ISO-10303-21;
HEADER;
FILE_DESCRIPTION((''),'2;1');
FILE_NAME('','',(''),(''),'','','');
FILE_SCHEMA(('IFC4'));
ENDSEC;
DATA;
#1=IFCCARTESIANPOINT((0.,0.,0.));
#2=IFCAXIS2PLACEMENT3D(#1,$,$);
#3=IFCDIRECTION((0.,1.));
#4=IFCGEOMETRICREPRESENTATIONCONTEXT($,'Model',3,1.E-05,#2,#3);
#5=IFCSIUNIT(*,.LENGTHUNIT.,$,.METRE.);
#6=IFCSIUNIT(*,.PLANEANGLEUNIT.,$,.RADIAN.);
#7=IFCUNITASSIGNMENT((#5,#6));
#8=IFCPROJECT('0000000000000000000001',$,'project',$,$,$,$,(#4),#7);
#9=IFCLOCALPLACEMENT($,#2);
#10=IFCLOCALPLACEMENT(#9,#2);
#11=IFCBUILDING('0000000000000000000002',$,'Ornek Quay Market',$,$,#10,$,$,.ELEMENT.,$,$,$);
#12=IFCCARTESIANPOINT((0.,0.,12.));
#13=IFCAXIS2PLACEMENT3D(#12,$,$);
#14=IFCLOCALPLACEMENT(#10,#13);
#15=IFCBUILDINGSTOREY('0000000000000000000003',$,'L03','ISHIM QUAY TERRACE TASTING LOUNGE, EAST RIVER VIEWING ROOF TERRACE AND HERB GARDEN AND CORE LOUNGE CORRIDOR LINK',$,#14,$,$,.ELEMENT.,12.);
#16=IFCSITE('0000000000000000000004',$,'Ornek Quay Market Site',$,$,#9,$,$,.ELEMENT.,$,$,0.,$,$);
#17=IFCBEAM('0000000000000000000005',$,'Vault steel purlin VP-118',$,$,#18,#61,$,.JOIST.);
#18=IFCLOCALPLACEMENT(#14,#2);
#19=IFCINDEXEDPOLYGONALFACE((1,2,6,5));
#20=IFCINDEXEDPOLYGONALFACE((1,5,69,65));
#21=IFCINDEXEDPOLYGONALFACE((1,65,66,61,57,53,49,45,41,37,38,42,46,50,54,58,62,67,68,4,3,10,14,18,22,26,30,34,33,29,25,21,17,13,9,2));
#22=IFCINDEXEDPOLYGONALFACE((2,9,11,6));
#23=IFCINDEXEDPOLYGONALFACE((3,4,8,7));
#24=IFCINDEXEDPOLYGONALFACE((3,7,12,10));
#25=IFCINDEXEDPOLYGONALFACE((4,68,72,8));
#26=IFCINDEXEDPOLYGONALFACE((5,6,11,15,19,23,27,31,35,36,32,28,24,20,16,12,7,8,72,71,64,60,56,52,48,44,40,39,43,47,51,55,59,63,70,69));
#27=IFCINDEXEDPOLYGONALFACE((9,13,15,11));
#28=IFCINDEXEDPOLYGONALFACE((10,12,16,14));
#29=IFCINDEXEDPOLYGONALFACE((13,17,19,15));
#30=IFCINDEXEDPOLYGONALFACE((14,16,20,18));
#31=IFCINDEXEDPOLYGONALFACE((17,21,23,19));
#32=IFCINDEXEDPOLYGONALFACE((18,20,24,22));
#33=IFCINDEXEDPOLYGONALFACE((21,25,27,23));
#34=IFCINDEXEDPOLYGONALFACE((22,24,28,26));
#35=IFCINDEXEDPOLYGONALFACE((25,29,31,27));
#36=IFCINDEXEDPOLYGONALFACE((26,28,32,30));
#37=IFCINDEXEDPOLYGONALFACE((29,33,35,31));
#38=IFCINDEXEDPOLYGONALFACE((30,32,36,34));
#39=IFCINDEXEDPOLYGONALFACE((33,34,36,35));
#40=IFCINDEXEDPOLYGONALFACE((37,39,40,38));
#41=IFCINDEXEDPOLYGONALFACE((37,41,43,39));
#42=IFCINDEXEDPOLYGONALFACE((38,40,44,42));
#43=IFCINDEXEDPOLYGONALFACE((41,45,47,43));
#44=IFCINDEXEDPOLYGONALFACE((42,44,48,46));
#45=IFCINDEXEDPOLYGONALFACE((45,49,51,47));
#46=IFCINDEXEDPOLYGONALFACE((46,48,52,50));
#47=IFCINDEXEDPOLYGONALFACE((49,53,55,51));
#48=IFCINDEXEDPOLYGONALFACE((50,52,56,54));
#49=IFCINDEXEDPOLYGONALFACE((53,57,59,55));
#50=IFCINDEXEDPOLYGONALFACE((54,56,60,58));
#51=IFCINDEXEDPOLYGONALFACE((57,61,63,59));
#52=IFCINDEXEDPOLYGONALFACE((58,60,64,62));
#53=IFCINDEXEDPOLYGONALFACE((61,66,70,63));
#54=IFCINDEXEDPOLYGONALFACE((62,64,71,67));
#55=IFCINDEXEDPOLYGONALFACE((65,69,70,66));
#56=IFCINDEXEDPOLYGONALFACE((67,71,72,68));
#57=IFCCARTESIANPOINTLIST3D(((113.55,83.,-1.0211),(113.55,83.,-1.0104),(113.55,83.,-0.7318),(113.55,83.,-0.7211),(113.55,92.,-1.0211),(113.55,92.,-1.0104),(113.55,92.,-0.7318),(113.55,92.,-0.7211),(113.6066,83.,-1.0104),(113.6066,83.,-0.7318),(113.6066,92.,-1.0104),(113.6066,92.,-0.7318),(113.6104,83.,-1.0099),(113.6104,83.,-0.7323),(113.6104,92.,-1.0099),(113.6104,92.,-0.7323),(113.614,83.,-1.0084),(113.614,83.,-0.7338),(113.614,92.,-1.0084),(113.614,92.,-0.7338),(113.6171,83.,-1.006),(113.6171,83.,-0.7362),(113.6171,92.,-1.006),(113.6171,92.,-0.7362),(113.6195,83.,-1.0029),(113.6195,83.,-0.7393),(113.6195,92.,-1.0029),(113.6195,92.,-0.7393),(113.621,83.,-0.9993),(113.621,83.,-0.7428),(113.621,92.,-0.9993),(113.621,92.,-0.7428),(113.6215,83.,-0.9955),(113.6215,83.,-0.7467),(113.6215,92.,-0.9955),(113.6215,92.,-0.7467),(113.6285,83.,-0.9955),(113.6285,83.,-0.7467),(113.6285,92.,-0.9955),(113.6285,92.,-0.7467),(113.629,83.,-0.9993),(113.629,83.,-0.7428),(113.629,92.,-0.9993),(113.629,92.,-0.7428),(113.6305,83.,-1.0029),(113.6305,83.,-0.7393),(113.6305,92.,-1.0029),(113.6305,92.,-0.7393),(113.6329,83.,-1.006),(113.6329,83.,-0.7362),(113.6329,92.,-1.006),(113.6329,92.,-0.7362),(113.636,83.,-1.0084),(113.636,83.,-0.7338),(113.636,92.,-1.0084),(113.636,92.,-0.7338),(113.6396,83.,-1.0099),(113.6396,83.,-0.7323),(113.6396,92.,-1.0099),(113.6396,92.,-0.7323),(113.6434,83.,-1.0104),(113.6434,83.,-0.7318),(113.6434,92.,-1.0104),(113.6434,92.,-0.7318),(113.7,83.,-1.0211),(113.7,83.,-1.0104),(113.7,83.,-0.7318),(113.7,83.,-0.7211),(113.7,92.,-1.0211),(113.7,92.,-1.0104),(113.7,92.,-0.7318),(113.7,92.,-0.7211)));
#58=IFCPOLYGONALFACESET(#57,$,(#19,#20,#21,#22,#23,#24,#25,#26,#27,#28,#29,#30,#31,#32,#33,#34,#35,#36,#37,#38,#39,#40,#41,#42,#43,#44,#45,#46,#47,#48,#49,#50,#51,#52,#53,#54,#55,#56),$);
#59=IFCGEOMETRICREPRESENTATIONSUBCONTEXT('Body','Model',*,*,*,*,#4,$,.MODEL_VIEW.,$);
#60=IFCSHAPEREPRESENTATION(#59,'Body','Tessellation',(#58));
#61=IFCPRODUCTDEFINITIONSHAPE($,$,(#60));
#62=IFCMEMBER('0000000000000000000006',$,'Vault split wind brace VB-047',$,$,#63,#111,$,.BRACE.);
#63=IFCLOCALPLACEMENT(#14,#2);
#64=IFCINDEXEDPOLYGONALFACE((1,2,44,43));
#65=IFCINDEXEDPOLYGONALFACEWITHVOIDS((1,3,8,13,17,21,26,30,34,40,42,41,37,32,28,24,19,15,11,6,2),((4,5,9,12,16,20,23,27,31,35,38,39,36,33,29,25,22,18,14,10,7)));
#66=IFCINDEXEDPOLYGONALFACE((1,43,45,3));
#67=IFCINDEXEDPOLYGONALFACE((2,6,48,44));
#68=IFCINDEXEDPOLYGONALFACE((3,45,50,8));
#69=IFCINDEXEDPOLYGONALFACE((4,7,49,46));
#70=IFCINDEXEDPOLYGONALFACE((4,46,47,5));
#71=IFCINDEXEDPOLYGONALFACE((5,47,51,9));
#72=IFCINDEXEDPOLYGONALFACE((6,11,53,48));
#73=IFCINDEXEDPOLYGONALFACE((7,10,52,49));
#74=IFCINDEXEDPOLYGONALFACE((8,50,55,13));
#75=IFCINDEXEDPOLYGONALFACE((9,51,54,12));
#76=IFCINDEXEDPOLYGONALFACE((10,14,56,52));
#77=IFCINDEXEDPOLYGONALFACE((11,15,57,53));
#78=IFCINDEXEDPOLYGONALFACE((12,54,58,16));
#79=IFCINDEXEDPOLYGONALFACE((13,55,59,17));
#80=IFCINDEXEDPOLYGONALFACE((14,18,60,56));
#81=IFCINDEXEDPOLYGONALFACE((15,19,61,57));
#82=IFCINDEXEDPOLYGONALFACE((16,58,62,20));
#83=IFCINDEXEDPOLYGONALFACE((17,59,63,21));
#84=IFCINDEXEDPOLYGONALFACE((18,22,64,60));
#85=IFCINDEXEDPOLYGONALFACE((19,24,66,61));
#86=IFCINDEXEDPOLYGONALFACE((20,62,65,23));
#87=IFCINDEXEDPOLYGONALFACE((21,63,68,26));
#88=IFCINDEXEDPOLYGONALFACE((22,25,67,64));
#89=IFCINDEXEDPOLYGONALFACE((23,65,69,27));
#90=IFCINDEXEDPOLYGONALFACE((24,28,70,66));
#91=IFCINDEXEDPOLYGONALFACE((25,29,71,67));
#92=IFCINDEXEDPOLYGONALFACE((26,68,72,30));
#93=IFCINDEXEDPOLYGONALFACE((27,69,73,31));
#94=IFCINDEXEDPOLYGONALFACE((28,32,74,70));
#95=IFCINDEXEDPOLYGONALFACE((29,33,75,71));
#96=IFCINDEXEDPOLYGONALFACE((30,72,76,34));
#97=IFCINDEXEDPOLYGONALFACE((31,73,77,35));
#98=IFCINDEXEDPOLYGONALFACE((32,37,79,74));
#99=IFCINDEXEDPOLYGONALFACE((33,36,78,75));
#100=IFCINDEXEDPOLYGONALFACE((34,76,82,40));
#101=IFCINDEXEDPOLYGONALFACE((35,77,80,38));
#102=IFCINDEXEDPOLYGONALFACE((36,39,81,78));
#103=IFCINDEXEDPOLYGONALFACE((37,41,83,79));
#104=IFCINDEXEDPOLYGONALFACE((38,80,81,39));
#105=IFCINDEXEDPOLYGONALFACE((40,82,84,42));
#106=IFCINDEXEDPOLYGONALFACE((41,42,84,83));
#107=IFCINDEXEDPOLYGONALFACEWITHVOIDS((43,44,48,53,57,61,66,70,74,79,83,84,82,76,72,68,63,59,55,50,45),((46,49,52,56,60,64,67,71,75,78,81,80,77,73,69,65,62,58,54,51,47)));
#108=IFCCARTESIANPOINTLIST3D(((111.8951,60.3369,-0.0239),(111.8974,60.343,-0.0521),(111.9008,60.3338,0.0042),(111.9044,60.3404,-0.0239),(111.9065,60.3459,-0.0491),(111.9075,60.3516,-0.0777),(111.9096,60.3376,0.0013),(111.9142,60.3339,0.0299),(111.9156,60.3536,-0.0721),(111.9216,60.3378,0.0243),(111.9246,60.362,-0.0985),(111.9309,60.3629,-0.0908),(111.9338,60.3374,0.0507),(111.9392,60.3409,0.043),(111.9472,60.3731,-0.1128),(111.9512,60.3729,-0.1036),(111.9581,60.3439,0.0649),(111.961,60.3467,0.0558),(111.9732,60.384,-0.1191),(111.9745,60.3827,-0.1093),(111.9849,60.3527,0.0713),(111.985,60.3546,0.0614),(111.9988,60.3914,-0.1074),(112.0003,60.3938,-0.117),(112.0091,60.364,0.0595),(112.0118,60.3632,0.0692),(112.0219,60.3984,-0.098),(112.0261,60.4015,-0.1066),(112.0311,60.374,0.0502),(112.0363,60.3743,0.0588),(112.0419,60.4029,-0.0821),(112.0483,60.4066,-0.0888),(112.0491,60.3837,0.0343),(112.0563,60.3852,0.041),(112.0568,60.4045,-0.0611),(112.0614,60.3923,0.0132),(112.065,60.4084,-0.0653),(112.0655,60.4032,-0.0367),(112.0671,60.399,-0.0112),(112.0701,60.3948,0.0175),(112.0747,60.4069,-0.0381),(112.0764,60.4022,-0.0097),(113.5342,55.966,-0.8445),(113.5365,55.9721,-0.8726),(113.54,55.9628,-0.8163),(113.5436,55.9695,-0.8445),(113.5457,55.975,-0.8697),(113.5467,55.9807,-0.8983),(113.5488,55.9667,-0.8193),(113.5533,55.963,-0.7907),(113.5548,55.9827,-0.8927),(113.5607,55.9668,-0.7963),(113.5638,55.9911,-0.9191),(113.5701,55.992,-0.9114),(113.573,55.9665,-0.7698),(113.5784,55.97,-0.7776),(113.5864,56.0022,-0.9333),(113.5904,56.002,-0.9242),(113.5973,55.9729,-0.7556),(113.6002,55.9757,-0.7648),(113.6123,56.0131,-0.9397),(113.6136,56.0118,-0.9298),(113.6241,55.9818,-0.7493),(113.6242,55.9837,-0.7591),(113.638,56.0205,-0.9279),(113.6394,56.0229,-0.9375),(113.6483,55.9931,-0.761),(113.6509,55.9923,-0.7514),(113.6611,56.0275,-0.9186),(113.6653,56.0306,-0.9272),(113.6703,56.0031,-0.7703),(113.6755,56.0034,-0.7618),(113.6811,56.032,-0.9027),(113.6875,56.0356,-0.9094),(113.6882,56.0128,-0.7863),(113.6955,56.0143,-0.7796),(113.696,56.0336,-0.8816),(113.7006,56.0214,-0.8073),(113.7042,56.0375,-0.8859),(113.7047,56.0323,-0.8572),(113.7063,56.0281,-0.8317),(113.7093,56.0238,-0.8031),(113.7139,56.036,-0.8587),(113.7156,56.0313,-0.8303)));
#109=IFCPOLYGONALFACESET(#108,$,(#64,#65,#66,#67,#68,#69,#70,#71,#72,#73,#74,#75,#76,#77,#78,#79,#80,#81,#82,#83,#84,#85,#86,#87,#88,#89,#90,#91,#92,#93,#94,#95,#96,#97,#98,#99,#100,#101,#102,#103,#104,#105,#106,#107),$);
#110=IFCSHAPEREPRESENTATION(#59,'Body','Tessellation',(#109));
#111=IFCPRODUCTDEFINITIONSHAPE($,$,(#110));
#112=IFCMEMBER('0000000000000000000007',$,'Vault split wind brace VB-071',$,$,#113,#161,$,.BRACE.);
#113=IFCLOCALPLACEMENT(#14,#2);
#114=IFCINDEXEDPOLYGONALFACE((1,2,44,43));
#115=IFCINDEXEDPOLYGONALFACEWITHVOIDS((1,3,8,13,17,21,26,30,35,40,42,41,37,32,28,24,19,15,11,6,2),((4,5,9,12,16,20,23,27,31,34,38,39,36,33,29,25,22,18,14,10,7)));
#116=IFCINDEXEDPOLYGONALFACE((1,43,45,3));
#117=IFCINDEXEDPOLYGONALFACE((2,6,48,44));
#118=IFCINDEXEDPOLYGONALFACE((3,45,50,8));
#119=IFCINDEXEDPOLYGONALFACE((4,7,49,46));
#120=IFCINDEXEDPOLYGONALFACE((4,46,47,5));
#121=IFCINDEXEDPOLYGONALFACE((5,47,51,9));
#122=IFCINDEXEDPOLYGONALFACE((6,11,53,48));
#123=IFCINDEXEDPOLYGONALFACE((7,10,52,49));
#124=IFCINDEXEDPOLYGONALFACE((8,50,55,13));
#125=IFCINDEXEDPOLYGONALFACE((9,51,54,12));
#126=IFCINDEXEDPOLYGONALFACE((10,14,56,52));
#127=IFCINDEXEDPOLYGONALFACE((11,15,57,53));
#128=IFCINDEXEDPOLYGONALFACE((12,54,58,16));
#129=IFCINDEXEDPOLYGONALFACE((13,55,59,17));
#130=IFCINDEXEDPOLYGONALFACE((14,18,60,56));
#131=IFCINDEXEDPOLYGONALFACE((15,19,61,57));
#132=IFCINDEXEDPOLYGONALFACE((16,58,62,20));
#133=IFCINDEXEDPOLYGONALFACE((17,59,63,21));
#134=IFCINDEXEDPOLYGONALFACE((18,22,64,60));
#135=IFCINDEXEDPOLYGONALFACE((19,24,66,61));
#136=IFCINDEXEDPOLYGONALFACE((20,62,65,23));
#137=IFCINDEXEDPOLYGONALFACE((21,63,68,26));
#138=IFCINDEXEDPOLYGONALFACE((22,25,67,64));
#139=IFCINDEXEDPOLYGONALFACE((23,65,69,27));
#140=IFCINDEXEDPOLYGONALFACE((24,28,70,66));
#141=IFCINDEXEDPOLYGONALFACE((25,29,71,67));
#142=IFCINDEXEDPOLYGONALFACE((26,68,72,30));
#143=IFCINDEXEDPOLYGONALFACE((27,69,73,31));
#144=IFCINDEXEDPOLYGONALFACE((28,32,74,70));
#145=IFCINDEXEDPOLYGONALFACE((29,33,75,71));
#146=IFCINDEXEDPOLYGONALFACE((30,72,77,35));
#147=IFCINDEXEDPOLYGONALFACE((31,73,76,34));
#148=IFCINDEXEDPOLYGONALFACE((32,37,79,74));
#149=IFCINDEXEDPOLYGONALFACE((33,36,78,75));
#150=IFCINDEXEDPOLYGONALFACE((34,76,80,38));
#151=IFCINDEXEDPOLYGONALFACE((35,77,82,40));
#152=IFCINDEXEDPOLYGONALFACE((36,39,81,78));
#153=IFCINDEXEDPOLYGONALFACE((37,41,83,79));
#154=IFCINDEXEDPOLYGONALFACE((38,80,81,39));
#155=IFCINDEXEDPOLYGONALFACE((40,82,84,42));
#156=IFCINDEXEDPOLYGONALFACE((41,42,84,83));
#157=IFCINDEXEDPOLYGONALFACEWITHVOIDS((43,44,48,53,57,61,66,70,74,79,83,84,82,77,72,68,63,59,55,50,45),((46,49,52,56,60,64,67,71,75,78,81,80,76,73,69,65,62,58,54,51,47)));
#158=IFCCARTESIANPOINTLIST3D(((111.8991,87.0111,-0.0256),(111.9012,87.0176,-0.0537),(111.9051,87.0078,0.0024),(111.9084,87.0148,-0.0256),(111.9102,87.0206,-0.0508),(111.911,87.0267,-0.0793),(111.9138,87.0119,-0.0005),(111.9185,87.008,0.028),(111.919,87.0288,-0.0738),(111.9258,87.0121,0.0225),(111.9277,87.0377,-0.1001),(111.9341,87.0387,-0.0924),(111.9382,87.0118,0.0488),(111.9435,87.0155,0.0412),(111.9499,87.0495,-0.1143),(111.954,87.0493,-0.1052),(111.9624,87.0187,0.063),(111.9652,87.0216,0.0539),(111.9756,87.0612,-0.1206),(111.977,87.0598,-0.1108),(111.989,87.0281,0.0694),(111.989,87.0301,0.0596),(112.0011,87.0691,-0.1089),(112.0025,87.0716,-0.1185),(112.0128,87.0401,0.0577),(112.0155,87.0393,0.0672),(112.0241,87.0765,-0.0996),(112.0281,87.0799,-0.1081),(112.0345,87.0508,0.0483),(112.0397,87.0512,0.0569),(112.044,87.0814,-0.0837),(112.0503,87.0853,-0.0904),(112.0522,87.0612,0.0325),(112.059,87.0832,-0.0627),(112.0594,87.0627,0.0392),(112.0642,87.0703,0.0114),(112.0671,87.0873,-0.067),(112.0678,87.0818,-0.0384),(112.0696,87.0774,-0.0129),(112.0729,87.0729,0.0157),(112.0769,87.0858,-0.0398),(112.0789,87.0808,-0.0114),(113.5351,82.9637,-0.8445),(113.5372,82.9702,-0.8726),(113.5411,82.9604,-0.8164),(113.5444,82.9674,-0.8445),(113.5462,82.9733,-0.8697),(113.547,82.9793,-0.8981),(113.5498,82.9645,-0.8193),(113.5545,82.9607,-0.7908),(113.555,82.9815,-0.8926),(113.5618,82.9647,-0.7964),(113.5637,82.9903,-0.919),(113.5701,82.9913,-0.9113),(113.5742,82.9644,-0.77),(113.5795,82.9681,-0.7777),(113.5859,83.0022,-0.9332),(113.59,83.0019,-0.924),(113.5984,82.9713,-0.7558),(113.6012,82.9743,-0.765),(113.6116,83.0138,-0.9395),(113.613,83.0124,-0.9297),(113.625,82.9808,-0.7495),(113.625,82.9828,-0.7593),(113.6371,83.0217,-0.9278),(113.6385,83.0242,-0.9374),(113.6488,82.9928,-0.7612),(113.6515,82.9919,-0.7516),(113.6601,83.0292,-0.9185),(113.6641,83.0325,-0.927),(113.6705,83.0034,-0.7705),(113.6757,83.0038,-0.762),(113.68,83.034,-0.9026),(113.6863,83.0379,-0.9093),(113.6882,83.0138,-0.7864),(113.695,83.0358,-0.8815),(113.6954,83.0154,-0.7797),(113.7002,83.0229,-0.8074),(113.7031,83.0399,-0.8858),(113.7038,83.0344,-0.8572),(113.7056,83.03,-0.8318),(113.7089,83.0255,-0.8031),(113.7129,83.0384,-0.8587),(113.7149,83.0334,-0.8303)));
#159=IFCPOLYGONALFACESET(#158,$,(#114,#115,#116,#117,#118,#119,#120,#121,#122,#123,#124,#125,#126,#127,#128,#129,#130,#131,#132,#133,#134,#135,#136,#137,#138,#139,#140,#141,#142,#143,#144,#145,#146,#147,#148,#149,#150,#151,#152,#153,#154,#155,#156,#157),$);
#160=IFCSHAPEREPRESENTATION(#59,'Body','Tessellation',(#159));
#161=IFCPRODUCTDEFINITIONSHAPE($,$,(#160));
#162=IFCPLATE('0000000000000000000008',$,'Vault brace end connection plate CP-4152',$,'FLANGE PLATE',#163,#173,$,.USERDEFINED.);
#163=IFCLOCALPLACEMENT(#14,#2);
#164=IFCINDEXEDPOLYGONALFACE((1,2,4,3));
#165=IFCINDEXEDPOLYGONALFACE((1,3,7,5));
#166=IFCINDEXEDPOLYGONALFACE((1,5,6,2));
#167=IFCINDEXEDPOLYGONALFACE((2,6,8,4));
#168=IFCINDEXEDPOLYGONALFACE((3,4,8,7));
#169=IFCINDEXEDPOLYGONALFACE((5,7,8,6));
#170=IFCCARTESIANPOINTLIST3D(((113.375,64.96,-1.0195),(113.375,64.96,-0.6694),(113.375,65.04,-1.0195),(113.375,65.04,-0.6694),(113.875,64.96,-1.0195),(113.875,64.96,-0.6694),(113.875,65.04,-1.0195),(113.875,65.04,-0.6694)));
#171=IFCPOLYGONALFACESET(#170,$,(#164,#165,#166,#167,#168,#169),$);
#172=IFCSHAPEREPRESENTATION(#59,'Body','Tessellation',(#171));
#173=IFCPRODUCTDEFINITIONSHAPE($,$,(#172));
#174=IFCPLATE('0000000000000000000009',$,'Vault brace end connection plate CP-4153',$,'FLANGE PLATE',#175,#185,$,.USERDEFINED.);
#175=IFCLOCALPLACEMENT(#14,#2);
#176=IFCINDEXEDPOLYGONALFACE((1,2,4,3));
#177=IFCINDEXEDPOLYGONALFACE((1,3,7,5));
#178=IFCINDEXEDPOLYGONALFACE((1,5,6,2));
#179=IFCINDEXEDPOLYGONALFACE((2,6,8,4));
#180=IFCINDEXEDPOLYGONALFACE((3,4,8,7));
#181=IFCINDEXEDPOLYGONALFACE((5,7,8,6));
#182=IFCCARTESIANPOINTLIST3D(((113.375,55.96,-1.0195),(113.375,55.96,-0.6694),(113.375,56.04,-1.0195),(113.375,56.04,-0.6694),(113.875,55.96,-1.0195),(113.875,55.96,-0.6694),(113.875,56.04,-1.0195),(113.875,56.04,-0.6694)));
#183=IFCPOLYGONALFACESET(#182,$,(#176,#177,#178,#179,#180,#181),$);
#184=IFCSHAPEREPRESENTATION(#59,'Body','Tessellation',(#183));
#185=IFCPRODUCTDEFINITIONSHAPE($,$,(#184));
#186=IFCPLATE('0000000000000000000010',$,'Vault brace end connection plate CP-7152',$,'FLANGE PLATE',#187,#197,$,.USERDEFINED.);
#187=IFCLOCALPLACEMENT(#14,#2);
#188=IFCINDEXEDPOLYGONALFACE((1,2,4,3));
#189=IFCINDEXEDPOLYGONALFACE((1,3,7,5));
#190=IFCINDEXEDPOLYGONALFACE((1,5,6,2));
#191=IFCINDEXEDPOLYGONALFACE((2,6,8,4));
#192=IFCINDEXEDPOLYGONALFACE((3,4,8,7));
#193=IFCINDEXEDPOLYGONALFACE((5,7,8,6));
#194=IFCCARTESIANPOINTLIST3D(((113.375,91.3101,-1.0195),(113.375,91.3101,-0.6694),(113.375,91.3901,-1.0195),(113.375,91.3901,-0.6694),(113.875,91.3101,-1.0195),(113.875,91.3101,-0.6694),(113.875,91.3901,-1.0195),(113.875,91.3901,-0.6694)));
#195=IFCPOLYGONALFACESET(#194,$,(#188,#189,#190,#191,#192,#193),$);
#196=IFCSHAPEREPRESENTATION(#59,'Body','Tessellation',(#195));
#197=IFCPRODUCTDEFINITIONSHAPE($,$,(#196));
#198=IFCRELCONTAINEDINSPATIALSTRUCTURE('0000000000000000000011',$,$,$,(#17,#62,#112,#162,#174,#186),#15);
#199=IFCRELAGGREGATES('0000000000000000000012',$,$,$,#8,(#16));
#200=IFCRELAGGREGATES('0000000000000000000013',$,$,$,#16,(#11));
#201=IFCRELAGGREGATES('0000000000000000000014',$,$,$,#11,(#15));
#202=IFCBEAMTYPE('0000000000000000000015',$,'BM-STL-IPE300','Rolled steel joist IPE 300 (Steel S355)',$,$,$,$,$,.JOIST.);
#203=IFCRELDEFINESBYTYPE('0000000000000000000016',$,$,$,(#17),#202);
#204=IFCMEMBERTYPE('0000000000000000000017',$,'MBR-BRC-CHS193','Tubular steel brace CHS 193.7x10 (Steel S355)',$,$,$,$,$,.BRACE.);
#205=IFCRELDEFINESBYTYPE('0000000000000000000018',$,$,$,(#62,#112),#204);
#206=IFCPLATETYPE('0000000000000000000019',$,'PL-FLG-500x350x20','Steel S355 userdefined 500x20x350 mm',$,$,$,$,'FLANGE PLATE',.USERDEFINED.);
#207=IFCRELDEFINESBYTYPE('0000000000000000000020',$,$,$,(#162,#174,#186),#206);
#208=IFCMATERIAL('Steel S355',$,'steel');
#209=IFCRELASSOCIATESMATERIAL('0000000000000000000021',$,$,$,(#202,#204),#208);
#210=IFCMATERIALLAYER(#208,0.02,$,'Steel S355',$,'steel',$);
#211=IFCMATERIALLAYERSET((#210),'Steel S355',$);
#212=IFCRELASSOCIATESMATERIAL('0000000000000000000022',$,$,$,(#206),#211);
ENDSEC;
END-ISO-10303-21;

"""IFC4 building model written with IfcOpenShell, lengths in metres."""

from ifc_helpers import new_model, si_unit, direction, frame, origin, origin_2d, place, context, subcontext, project, spatial, rectangle, hollow_circle, i_section, extrude, material, layer, layer_set, material_profile, profile_set, type_object, element, save


model = new_model("IFC4")

# Units and contexts
model_context = context("Model", 3, precision=1e-05, world=origin(), true_north=direction((0.0, 1.0)))
body_context = subcontext(model_context, "Body", "Model", "MODEL_VIEW")
ifc_project = project(units=[si_unit("LENGTHUNIT", "METRE"), si_unit("PLANEANGLEUNIT", "RADIAN")], contexts=[model_context])

# Site, building, storey
site_placement = place(None, origin())
site = spatial("IfcSite", under=ifc_project, at=site_placement, Name="Ornek Quay Market Site", CompositionType="ELEMENT", RefElevation=0.0)
building_placement = place(site_placement, origin())
building = spatial("IfcBuilding", under=site, at=building_placement, Name="Ornek Quay Market", CompositionType="ELEMENT")
storey_placement = place(building_placement, frame((0.0, 0.0, 12.0)))
storey = spatial("IfcBuildingStorey", under=building, at=storey_placement, Name="L03", Description="ISHIM QUAY TERRACE TASTING LOUNGE, EAST RIVER VIEWING ROOF TERRACE AND HERB GARDEN AND CORE LOUNGE CORRIDOR LINK", CompositionType="ELEMENT", Elevation=12.0)

# Beam
ifc_material_1 = material(Name="Steel S355", Category="steel")
ifc_material_profile_1 = material_profile(ifc_material_1, i_section(OverallWidth=0.1499, OverallDepth=0.3, WebThickness=0.0071, FlangeThickness=0.0107, FilletRadius=0.0149, at=origin_2d()), Name="IPE 300", Category="steel")
ifc_profile_set_1 = profile_set([ifc_material_profile_1], Name="Steel S355")
beam_type_1 = type_object("IfcBeamType", Name="BM-STL-IPE300", Description="Rolled steel joist IPE 300 (Steel S355)", PredefinedType="JOIST", material=ifc_profile_set_1)
for number, where, z_axis, x_axis, name in (
    (1, (113.625, 83.0, -0.8711), (0.0, 1.0, 0.0), (-1.0, 0.0, 0.0), "Vault steel purlin VP-118"),
):
    element("IfcBeam", number, at=place(storey_placement, frame(where, z_axis=z_axis, x_axis=x_axis)), inside=storey, type_object=beam_type_1, Name=name, PredefinedType="JOIST", context=body_context, shape_type="SweptSolid", body=[
        extrude(i_section(OverallWidth=0.1499, OverallDepth=0.3, WebThickness=0.0071, FlangeThickness=0.0107, FilletRadius=0.0149, at=origin_2d()), origin(), (0.0, 0.0, 1.0), 9.0),
    ])

# Members
ifc_material_profile_2 = material_profile(ifc_material_1, hollow_circle(Radius=0.0969, WallThickness=0.01, at=origin_2d()), Name="CHS 193.7x10", Category="steel")
ifc_profile_set_2 = profile_set([ifc_material_profile_2], Name="Steel S355")
member_type = type_object("IfcMemberType", Name="MBR-BRC-CHS193", Description="Tubular steel brace CHS 193.7x10 (Steel S355)", PredefinedType="BRACE", material=ifc_profile_set_2)
member_1_placement = place(storey_placement, frame((113.625, 56.0, -0.8445), z_axis=(-0.345838, 0.922184, 0.173125), x_axis=(-0.936323, -0.351141, 0.0)))
element("IfcMember", 2, at=member_1_placement, inside=storey, type_object=member_type, Name="Vault split wind brace VB-047", PredefinedType="BRACE", context=body_context, shape_type="SweptSolid", body=[
    extrude(hollow_circle(Radius=0.0969, WallThickness=0.01, at=origin_2d()), origin(), (0.0, 0.0, 1.0), 4.7397),
])
member_2_placement = place(storey_placement, frame((113.625, 83.0, -0.8445), z_axis=(-0.36833, 0.911233, 0.184357), x_axis=(-0.927125, -0.374753, 0.0)))
element("IfcMember", 3, at=member_2_placement, inside=storey, type_object=member_type, Name="Vault split wind brace VB-071", PredefinedType="BRACE", context=body_context, shape_type="SweptSolid", body=[
    extrude(hollow_circle(Radius=0.0969, WallThickness=0.01, at=origin_2d()), origin(), (0.0, 0.0, 1.0), 4.4417),
])

# Plates
ifc_layer_1 = layer(ifc_material_1, 0.02, Name="Steel S355", Category="steel")
ifc_layer_set_1 = layer_set([ifc_layer_1], Name="Steel S355")
plate_type_1 = type_object("IfcPlateType", Name="PL-FLG-500x350x20", Description="Steel S355 userdefined 500x20x350 mm", ElementType="FLANGE PLATE", PredefinedType="USERDEFINED", material=ifc_layer_set_1)
for number, where, z_axis, x_axis, name in (
    (4, (113.625, 65.0, -1.0195), (0.0, 0.0, 1.0), (1.0, 0.0, 0.0), "Vault brace end connection plate CP-4152"),
    (5, (113.625, 56.0, -1.0195), (0.0, 0.0, 1.0), (1.0, 0.0, 0.0), "Vault brace end connection plate CP-4153"),
    (6, (113.625, 91.3501, -1.0195), (0.0, 0.0, 1.0), (1.0, 0.0, 0.0), "Vault brace end connection plate CP-7152"),
):
    element("IfcPlate", number, at=place(storey_placement, frame(where, z_axis=z_axis, x_axis=x_axis)), inside=storey, type_object=plate_type_1, Name=name, ObjectType="FLANGE PLATE", PredefinedType="USERDEFINED", context=body_context, shape_type="SweptSolid", body=[
        extrude(rectangle(XDim=0.5, YDim=0.0801, at=origin_2d()), origin(), (0.0, 0.0, 1.0), 0.3501),
    ])

save(model, "model.ifc")
